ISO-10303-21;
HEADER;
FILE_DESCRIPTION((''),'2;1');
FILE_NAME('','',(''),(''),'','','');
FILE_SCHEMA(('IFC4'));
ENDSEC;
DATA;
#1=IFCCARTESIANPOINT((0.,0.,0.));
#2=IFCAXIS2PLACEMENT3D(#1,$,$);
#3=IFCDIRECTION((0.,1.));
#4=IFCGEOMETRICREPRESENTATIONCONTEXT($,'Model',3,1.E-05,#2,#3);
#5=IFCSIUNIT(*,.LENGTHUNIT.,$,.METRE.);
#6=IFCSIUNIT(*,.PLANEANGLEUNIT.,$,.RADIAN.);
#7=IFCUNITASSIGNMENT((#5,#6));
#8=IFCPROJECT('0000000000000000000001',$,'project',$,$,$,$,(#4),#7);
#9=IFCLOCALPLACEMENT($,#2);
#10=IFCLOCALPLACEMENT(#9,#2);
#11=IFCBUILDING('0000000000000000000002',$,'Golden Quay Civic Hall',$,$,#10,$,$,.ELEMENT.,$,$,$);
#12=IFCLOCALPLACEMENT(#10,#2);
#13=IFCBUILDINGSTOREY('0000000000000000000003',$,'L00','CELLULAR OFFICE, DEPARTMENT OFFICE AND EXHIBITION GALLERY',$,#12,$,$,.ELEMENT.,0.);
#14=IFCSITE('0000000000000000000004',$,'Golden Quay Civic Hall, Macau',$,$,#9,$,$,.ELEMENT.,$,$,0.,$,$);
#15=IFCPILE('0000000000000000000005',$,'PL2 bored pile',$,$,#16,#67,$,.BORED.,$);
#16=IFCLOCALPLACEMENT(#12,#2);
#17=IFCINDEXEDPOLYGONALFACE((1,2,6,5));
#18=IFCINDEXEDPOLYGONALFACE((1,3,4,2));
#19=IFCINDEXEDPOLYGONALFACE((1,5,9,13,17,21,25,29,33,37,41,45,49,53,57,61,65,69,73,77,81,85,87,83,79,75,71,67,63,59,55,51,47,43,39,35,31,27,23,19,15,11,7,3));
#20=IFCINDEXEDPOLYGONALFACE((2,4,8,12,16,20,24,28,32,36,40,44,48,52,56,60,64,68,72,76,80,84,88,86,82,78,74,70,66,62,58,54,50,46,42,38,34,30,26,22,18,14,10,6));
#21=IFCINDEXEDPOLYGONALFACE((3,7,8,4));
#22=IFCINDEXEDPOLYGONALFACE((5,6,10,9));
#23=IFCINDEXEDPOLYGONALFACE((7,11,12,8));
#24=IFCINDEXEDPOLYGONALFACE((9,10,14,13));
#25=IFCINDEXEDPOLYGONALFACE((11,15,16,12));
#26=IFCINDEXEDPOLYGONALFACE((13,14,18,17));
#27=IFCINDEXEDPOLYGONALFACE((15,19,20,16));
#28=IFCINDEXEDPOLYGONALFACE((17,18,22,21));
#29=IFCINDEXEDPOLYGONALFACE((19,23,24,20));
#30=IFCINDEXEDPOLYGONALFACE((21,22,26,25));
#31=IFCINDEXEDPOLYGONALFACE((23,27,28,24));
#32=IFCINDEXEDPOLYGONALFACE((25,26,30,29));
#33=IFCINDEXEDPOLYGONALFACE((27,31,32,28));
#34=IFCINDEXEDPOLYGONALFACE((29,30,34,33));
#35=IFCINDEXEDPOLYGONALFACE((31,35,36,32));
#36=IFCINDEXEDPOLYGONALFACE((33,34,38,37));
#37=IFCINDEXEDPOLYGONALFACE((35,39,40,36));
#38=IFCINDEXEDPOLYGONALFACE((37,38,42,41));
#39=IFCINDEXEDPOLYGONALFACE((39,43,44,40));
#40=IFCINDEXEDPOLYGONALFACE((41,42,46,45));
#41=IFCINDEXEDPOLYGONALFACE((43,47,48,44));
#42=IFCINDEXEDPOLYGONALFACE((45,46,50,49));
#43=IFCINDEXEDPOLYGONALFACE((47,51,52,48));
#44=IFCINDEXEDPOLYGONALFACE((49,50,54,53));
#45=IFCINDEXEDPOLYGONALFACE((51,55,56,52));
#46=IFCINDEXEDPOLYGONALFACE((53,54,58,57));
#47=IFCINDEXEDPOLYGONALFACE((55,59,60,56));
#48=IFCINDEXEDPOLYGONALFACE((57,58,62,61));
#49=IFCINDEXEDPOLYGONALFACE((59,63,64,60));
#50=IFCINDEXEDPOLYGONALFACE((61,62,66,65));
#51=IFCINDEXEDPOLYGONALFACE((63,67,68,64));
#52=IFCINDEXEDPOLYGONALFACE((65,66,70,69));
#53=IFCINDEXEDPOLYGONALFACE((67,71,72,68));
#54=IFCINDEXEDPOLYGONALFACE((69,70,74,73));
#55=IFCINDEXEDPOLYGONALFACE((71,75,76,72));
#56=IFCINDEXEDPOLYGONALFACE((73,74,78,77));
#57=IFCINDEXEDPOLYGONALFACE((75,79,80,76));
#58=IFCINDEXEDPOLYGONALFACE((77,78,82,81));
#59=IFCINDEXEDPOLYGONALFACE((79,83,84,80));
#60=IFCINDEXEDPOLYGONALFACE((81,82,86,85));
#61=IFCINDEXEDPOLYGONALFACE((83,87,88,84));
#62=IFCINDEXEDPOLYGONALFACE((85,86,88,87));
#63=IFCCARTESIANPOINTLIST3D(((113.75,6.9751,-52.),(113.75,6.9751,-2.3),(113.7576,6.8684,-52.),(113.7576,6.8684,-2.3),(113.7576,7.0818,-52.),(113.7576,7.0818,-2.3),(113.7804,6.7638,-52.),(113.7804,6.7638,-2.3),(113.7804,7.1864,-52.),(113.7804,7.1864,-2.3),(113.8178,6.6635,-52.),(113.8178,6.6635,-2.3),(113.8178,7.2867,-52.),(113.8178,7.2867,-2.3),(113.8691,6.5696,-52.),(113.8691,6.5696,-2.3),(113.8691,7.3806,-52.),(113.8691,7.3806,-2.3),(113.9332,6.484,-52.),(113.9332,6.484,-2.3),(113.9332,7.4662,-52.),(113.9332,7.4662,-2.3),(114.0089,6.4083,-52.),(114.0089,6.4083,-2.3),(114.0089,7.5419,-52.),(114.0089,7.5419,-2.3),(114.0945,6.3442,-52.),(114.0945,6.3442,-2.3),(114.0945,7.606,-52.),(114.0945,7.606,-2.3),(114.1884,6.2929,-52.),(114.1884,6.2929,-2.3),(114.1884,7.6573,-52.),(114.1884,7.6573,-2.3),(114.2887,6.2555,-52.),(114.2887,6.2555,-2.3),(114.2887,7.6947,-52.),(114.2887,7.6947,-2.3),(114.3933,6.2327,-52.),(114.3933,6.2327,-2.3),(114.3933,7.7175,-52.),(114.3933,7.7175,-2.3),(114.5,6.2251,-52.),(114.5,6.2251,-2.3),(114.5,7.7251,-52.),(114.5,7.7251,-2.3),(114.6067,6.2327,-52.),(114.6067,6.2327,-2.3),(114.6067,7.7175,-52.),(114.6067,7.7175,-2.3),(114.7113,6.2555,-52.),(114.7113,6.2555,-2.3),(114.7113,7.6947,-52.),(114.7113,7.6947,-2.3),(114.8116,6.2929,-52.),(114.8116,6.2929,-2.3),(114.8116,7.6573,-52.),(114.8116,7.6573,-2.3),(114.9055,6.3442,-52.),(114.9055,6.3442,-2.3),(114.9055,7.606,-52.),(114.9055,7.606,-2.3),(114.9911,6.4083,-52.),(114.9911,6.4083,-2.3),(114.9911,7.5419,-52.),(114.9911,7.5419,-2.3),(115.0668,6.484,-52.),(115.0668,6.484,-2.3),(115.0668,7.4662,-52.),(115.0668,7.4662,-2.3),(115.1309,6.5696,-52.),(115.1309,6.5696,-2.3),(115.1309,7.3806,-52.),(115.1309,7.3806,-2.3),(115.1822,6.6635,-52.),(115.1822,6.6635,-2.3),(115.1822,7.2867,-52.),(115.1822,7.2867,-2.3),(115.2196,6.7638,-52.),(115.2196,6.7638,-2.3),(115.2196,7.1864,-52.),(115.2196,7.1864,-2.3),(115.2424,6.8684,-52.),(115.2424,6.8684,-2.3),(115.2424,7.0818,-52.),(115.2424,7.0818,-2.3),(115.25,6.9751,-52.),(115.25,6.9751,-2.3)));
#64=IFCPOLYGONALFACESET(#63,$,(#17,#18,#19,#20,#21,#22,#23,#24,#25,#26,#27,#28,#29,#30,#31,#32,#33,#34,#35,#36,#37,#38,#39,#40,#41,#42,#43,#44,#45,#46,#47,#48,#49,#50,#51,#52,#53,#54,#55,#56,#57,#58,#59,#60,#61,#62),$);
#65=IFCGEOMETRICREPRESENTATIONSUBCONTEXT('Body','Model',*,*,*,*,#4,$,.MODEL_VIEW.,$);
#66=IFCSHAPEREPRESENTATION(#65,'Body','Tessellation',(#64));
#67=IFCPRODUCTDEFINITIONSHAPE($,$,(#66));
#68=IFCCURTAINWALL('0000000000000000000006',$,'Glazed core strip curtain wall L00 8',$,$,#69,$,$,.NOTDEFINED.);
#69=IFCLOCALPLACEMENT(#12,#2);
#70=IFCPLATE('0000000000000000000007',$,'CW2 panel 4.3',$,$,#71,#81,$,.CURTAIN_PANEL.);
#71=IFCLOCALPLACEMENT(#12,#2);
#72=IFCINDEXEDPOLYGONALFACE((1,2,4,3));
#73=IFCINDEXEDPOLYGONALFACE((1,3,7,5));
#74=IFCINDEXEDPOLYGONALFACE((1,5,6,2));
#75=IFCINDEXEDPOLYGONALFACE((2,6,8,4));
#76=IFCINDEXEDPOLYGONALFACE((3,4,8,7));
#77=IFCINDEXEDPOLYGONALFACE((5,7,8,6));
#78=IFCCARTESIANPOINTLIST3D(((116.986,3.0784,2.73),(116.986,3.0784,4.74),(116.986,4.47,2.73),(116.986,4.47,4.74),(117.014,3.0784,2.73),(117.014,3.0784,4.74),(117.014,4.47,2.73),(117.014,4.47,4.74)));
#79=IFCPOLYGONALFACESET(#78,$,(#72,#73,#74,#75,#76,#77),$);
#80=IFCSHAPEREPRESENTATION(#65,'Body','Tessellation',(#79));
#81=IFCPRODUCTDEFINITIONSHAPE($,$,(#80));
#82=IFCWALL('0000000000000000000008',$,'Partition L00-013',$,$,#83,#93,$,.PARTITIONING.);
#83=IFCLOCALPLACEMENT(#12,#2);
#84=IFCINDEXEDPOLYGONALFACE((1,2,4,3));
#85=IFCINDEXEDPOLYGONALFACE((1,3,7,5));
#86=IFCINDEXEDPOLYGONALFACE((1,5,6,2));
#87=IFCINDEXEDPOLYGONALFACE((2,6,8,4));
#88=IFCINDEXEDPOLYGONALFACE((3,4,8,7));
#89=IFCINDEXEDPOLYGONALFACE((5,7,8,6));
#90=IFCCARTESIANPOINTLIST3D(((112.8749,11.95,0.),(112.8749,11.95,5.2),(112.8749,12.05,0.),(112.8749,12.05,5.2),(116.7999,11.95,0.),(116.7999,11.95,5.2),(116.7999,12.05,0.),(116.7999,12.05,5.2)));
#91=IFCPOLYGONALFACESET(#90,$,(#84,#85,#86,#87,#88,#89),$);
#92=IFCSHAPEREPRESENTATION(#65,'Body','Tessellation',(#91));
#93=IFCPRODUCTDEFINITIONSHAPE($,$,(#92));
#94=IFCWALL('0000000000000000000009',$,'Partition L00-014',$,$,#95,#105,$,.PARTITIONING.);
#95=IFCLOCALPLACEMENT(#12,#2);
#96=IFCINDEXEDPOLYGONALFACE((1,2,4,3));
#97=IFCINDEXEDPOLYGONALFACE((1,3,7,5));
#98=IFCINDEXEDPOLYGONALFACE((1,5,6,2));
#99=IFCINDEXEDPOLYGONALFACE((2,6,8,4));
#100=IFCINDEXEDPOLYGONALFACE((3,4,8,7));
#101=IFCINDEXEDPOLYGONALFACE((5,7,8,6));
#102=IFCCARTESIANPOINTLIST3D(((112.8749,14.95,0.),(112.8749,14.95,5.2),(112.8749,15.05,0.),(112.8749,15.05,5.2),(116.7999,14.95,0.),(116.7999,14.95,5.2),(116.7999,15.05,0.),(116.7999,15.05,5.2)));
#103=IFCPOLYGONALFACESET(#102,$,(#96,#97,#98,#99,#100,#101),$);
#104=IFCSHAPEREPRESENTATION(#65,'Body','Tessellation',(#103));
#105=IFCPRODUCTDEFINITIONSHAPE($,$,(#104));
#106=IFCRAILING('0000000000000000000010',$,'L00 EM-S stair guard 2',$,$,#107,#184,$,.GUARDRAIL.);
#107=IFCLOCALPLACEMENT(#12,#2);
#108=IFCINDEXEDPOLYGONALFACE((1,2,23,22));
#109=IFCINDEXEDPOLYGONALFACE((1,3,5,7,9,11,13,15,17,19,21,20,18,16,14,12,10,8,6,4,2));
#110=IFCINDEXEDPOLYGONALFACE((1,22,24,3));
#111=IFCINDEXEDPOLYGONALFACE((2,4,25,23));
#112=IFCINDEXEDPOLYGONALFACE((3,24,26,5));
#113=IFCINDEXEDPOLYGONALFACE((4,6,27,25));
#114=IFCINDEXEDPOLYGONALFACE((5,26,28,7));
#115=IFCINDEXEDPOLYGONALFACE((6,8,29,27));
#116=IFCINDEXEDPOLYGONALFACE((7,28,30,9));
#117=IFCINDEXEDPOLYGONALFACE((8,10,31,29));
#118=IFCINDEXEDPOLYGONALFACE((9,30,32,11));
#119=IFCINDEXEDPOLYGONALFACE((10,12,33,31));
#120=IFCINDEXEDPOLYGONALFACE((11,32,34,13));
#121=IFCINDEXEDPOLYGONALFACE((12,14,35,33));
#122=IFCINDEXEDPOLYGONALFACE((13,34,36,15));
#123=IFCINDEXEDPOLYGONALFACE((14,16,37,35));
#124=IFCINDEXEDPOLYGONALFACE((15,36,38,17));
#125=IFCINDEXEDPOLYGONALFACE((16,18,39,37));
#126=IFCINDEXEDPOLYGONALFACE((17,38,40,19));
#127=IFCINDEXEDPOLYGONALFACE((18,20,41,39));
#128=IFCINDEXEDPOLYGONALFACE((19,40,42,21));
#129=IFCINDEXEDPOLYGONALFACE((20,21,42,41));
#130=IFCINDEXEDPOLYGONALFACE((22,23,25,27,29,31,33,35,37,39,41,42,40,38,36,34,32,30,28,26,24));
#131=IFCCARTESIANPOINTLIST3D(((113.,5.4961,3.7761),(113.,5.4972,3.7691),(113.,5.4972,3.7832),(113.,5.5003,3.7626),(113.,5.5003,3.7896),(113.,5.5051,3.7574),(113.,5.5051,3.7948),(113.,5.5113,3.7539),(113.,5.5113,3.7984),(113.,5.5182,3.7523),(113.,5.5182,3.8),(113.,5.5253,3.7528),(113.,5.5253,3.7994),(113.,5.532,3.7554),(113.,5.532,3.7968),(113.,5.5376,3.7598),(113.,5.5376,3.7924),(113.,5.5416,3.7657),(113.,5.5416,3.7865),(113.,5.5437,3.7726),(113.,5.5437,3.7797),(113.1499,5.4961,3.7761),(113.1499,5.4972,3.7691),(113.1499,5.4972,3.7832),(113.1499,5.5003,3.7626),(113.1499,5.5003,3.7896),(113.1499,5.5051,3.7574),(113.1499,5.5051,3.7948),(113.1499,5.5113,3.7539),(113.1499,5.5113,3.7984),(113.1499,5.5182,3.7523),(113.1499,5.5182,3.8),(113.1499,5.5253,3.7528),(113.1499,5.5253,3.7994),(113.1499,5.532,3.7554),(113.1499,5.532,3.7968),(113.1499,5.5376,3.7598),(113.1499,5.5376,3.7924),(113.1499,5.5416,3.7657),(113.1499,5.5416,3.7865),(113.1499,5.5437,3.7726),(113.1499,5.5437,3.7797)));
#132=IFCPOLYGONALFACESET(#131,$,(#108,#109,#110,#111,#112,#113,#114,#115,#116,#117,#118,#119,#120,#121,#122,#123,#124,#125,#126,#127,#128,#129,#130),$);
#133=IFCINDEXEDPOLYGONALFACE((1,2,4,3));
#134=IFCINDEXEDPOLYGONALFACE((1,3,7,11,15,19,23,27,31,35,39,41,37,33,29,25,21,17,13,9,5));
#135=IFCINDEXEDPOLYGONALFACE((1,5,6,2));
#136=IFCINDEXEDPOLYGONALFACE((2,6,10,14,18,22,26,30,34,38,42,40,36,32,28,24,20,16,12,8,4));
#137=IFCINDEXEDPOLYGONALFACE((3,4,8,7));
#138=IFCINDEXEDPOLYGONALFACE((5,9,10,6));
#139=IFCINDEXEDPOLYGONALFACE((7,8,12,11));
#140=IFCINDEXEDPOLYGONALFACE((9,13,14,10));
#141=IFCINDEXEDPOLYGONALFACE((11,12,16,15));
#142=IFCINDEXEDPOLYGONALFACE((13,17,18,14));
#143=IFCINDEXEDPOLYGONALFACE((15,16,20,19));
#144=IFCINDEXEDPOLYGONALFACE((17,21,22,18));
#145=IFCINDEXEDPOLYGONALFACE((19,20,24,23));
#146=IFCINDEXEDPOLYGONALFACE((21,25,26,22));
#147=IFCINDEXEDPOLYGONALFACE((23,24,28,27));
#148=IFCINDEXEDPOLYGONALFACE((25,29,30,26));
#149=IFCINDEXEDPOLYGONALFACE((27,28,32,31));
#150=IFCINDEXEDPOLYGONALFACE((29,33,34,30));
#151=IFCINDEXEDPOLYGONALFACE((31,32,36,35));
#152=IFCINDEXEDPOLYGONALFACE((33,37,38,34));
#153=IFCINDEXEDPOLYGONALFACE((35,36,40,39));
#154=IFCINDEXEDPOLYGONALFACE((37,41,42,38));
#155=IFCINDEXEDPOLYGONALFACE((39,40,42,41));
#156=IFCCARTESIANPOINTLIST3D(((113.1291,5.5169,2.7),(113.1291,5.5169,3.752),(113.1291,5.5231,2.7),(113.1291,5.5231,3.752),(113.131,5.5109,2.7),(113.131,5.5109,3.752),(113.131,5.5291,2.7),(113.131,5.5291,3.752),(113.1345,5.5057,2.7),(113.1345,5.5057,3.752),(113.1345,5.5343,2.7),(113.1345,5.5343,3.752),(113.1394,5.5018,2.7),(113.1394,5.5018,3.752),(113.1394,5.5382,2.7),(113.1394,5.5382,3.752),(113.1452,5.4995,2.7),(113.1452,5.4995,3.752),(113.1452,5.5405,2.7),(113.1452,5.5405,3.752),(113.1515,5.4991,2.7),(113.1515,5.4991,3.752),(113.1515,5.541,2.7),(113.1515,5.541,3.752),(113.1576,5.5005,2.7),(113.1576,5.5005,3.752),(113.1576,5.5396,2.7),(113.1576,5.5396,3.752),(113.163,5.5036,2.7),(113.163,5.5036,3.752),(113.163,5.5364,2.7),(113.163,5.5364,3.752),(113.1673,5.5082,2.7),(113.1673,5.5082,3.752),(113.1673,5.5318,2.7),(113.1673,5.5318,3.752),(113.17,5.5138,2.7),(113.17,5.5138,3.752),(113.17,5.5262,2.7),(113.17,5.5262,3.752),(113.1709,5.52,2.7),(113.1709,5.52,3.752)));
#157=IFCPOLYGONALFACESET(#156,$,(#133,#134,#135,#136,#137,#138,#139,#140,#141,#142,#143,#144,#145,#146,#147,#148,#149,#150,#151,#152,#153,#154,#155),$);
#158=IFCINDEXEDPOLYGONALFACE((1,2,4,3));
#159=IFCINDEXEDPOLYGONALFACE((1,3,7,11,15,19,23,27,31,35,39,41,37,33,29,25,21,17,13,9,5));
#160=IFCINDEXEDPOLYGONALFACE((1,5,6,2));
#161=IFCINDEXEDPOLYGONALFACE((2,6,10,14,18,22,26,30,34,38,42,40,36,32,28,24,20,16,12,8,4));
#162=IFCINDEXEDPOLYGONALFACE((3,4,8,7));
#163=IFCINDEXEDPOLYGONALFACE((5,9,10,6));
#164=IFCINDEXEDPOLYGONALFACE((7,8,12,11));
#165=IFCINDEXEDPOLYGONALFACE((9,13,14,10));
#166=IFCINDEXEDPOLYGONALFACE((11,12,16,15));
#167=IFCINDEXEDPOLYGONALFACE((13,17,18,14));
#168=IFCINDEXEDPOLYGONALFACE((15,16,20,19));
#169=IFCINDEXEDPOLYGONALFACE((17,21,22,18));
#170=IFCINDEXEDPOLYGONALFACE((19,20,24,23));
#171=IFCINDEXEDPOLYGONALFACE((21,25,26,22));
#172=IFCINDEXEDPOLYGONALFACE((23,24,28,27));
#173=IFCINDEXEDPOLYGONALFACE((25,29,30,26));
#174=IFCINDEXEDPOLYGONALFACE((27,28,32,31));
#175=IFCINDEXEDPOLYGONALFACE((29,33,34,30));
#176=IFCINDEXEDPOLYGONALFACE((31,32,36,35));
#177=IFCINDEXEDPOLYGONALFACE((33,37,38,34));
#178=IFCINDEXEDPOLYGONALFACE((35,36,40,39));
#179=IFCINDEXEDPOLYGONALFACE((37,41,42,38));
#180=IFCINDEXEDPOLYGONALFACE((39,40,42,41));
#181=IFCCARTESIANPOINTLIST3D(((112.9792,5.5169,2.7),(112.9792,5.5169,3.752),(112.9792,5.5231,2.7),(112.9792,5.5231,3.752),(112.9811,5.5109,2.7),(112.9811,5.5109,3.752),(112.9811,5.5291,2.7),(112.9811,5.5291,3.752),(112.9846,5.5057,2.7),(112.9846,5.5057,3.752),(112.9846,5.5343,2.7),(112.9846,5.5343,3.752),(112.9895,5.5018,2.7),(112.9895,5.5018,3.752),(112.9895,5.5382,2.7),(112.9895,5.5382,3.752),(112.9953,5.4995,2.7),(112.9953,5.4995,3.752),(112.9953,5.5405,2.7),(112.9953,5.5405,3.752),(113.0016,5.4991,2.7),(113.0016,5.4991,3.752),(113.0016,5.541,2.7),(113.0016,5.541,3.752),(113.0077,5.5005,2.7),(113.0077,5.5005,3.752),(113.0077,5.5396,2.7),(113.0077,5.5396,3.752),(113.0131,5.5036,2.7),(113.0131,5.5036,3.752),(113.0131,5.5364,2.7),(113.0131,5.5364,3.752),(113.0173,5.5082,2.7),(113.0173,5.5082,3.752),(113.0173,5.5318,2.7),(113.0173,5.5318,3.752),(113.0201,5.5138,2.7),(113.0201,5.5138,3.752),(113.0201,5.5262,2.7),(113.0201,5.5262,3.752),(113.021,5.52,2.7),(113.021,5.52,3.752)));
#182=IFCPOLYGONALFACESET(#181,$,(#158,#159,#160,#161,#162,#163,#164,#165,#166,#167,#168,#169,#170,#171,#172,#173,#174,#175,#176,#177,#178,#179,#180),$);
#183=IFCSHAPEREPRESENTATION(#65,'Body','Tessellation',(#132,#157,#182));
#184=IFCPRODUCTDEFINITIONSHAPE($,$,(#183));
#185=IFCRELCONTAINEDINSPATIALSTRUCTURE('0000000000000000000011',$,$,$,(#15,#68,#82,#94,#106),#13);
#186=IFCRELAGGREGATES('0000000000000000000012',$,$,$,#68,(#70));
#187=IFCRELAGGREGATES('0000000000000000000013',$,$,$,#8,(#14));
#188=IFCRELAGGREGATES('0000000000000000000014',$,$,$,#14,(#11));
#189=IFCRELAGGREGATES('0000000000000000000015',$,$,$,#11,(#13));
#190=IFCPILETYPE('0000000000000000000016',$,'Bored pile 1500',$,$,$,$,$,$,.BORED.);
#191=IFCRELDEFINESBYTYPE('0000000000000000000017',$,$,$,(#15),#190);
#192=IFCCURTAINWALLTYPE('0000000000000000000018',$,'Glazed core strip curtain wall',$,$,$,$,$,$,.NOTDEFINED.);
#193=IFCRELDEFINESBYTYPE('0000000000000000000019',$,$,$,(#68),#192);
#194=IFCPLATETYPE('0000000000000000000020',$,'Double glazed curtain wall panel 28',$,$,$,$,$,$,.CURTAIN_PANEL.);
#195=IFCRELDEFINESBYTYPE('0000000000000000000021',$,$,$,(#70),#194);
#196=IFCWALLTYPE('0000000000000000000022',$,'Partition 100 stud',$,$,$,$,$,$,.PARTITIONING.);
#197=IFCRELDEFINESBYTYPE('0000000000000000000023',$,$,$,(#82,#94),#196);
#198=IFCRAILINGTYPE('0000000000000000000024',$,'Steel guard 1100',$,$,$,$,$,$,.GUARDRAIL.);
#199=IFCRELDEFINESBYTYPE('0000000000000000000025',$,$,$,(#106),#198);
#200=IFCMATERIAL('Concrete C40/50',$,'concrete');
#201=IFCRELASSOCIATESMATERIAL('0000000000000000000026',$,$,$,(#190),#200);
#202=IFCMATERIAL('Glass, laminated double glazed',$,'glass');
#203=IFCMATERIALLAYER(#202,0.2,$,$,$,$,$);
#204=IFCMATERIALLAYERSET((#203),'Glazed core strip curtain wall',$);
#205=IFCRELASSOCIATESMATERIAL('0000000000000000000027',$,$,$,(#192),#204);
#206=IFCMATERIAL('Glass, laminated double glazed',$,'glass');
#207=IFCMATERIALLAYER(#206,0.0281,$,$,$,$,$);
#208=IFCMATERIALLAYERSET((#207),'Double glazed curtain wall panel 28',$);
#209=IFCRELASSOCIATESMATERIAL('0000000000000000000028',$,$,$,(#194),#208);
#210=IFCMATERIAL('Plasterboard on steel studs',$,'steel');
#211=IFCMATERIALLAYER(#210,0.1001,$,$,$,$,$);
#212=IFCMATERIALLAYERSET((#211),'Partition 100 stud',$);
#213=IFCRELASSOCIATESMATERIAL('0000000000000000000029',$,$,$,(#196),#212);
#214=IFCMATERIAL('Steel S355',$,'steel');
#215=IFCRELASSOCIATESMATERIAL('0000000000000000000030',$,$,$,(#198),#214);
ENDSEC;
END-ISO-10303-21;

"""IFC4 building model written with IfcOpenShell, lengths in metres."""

from ifc_helpers import new_model, si_unit, direction, frame, frame_2d, origin, origin_2d, place, context, subcontext, project, spatial, rectangle, circle, extrude, material, layer, layer_set, material_profile, profile_set, type_object, element, aggregate, save


model = new_model("IFC4")

# Units and contexts
model_context = context("Model", 3, precision=1e-05, world=origin(), true_north=direction((0.0, 1.0)))
body_context = subcontext(model_context, "Body", "Model", "MODEL_VIEW")
ifc_project = project(units=[si_unit("LENGTHUNIT", "METRE"), si_unit("PLANEANGLEUNIT", "RADIAN")], contexts=[model_context])

# Site, building, storey
site_placement = place(None, origin())
site = spatial("IfcSite", under=ifc_project, at=site_placement, Name="Golden Quay Civic Hall, Macau", CompositionType="ELEMENT", RefElevation=0.0)
building_placement = place(site_placement, origin())
building = spatial("IfcBuilding", under=site, at=building_placement, Name="Golden Quay Civic Hall", CompositionType="ELEMENT")
storey_placement = place(building_placement, origin())
storey = spatial("IfcBuildingStorey", under=building, at=storey_placement, Name="L00", Description="CELLULAR OFFICE, DEPARTMENT OFFICE AND EXHIBITION GALLERY", CompositionType="ELEMENT", Elevation=0.0)

# Pile
ifc_material_1 = material(Name="Concrete C40/50", Category="concrete")
ifc_material_profile = material_profile(ifc_material_1, circle(Radius=0.75, at=origin_2d()), Name="RC D1500")
ifc_profile_set = profile_set([ifc_material_profile], Name="Concrete C40/50")
pile_type = type_object("IfcPileType", Name="Bored pile 1500", PredefinedType="BORED", material=ifc_profile_set)
pile_placement = place(storey_placement, frame((114.5, 6.9751, -2.3), z_axis=(0.0, 0.0, -1.0), x_axis=(1.0, 0.0, 0.0)))
element("IfcPile", 1, at=pile_placement, inside=storey, type_object=pile_type, Name="PL2 bored pile", PredefinedType="BORED", context=body_context, shape_type="SweptSolid", body=[
    extrude(circle(Radius=0.75, at=origin_2d()), origin(), (0.0, 0.0, 1.0), 49.7),
])

# Curtain wall, plate
ifc_material_2 = material(Name="Glass, laminated double glazed", Category="glass")
ifc_layer_1 = layer(ifc_material_2, 0.2)
ifc_layer_set_1 = layer_set([ifc_layer_1], Name="Glazed core strip curtain wall")
curtain_wall_type = type_object("IfcCurtainWallType", Name="Glazed core strip curtain wall", PredefinedType="NOTDEFINED", material=ifc_layer_set_1)
curtain_wall_placement = place(storey_placement, origin())
curtain_wall = element("IfcCurtainWall", 2, at=curtain_wall_placement, inside=storey, type_object=curtain_wall_type, Name="Glazed core strip curtain wall L00 8", PredefinedType="NOTDEFINED")
ifc_material_3 = material(Name="Glass, laminated double glazed", Category="glass")
ifc_layer_2 = layer(ifc_material_3, 0.0281)
ifc_layer_set_2 = layer_set([ifc_layer_2], Name="Double glazed curtain wall panel 28")
plate_type = type_object("IfcPlateType", Name="Double glazed curtain wall panel 28", PredefinedType="CURTAIN_PANEL", material=ifc_layer_set_2)
plate_placement = place(storey_placement, frame((117.0, 3.7742, 2.73), z_axis=(0.0, 0.0, 1.0), x_axis=(0.0, -1.0, 0.0)))
plate = element("IfcPlate", 3, at=plate_placement, type_object=plate_type, Name="CW2 panel 4.3", PredefinedType="CURTAIN_PANEL", context=body_context, shape_type="SweptSolid", body=[
    extrude(rectangle(XDim=1.3916, YDim=0.0281, at=origin_2d()), origin(), (0.0, 0.0, 1.0), 2.01),
])
aggregate(curtain_wall, [plate])

# Walls
ifc_material_4 = material(Name="Plasterboard on steel studs", Category="steel")
ifc_layer_3 = layer(ifc_material_4, 0.1001)
ifc_layer_set_3 = layer_set([ifc_layer_3], Name="Partition 100 stud")
wall_type = type_object("IfcWallType", Name="Partition 100 stud", PredefinedType="PARTITIONING", material=ifc_layer_set_3)
for number, where, z_axis, x_axis, name in (
    (4, (112.875, 12.0, 0.0), (0.0, 0.0, 1.0), (1.0, 0.0, 0.0), "Partition L00-013"),
    (5, (112.875, 15.0, 0.0), (0.0, 0.0, 1.0), (1.0, 0.0, 0.0), "Partition L00-014"),
):
    element("IfcWall", number, at=place(storey_placement, frame(where, z_axis=z_axis, x_axis=x_axis)), inside=storey, type_object=wall_type, Name=name, PredefinedType="PARTITIONING", context=body_context, shape_type="SweptSolid", body=[
        extrude(rectangle(XDim=3.925, YDim=0.1001, at=frame_2d((1.9624, 0.0))), origin(), (0.0, 0.0, 1.0), 5.2),
    ])

# Railing
ifc_material_5 = material(Name="Steel S355", Category="steel")
railing_type = type_object("IfcRailingType", Name="Steel guard 1100", PredefinedType="GUARDRAIL", material=ifc_material_5)
railing_1_placement = place(storey_placement, frame((113.1499, 5.52, 2.7)))
element("IfcRailing", 6, at=railing_1_placement, inside=storey, type_object=railing_type, Name="L00 EM-S stair guard 2", PredefinedType="GUARDRAIL", context=body_context, shape_type="SweptSolid", body=[
    extrude(circle(Radius=0.0239, at=origin_2d()), frame((0.0, 0.0, 1.0762), z_axis=(-1.0, 0.0, 0.0), x_axis=(0.0, -1.0, 0.0)), (0.0, 0.0, 1.0), 0.1499),
    extrude(circle(Radius=0.021, at=origin_2d()), origin(), (0.0, 0.0, 1.0), 1.052),
    extrude(circle(Radius=0.021, at=origin_2d()), frame((-0.1499, 0.0, 0.0)), (0.0, 0.0, 1.0), 1.052),
])

save(model, "model.ifc")
